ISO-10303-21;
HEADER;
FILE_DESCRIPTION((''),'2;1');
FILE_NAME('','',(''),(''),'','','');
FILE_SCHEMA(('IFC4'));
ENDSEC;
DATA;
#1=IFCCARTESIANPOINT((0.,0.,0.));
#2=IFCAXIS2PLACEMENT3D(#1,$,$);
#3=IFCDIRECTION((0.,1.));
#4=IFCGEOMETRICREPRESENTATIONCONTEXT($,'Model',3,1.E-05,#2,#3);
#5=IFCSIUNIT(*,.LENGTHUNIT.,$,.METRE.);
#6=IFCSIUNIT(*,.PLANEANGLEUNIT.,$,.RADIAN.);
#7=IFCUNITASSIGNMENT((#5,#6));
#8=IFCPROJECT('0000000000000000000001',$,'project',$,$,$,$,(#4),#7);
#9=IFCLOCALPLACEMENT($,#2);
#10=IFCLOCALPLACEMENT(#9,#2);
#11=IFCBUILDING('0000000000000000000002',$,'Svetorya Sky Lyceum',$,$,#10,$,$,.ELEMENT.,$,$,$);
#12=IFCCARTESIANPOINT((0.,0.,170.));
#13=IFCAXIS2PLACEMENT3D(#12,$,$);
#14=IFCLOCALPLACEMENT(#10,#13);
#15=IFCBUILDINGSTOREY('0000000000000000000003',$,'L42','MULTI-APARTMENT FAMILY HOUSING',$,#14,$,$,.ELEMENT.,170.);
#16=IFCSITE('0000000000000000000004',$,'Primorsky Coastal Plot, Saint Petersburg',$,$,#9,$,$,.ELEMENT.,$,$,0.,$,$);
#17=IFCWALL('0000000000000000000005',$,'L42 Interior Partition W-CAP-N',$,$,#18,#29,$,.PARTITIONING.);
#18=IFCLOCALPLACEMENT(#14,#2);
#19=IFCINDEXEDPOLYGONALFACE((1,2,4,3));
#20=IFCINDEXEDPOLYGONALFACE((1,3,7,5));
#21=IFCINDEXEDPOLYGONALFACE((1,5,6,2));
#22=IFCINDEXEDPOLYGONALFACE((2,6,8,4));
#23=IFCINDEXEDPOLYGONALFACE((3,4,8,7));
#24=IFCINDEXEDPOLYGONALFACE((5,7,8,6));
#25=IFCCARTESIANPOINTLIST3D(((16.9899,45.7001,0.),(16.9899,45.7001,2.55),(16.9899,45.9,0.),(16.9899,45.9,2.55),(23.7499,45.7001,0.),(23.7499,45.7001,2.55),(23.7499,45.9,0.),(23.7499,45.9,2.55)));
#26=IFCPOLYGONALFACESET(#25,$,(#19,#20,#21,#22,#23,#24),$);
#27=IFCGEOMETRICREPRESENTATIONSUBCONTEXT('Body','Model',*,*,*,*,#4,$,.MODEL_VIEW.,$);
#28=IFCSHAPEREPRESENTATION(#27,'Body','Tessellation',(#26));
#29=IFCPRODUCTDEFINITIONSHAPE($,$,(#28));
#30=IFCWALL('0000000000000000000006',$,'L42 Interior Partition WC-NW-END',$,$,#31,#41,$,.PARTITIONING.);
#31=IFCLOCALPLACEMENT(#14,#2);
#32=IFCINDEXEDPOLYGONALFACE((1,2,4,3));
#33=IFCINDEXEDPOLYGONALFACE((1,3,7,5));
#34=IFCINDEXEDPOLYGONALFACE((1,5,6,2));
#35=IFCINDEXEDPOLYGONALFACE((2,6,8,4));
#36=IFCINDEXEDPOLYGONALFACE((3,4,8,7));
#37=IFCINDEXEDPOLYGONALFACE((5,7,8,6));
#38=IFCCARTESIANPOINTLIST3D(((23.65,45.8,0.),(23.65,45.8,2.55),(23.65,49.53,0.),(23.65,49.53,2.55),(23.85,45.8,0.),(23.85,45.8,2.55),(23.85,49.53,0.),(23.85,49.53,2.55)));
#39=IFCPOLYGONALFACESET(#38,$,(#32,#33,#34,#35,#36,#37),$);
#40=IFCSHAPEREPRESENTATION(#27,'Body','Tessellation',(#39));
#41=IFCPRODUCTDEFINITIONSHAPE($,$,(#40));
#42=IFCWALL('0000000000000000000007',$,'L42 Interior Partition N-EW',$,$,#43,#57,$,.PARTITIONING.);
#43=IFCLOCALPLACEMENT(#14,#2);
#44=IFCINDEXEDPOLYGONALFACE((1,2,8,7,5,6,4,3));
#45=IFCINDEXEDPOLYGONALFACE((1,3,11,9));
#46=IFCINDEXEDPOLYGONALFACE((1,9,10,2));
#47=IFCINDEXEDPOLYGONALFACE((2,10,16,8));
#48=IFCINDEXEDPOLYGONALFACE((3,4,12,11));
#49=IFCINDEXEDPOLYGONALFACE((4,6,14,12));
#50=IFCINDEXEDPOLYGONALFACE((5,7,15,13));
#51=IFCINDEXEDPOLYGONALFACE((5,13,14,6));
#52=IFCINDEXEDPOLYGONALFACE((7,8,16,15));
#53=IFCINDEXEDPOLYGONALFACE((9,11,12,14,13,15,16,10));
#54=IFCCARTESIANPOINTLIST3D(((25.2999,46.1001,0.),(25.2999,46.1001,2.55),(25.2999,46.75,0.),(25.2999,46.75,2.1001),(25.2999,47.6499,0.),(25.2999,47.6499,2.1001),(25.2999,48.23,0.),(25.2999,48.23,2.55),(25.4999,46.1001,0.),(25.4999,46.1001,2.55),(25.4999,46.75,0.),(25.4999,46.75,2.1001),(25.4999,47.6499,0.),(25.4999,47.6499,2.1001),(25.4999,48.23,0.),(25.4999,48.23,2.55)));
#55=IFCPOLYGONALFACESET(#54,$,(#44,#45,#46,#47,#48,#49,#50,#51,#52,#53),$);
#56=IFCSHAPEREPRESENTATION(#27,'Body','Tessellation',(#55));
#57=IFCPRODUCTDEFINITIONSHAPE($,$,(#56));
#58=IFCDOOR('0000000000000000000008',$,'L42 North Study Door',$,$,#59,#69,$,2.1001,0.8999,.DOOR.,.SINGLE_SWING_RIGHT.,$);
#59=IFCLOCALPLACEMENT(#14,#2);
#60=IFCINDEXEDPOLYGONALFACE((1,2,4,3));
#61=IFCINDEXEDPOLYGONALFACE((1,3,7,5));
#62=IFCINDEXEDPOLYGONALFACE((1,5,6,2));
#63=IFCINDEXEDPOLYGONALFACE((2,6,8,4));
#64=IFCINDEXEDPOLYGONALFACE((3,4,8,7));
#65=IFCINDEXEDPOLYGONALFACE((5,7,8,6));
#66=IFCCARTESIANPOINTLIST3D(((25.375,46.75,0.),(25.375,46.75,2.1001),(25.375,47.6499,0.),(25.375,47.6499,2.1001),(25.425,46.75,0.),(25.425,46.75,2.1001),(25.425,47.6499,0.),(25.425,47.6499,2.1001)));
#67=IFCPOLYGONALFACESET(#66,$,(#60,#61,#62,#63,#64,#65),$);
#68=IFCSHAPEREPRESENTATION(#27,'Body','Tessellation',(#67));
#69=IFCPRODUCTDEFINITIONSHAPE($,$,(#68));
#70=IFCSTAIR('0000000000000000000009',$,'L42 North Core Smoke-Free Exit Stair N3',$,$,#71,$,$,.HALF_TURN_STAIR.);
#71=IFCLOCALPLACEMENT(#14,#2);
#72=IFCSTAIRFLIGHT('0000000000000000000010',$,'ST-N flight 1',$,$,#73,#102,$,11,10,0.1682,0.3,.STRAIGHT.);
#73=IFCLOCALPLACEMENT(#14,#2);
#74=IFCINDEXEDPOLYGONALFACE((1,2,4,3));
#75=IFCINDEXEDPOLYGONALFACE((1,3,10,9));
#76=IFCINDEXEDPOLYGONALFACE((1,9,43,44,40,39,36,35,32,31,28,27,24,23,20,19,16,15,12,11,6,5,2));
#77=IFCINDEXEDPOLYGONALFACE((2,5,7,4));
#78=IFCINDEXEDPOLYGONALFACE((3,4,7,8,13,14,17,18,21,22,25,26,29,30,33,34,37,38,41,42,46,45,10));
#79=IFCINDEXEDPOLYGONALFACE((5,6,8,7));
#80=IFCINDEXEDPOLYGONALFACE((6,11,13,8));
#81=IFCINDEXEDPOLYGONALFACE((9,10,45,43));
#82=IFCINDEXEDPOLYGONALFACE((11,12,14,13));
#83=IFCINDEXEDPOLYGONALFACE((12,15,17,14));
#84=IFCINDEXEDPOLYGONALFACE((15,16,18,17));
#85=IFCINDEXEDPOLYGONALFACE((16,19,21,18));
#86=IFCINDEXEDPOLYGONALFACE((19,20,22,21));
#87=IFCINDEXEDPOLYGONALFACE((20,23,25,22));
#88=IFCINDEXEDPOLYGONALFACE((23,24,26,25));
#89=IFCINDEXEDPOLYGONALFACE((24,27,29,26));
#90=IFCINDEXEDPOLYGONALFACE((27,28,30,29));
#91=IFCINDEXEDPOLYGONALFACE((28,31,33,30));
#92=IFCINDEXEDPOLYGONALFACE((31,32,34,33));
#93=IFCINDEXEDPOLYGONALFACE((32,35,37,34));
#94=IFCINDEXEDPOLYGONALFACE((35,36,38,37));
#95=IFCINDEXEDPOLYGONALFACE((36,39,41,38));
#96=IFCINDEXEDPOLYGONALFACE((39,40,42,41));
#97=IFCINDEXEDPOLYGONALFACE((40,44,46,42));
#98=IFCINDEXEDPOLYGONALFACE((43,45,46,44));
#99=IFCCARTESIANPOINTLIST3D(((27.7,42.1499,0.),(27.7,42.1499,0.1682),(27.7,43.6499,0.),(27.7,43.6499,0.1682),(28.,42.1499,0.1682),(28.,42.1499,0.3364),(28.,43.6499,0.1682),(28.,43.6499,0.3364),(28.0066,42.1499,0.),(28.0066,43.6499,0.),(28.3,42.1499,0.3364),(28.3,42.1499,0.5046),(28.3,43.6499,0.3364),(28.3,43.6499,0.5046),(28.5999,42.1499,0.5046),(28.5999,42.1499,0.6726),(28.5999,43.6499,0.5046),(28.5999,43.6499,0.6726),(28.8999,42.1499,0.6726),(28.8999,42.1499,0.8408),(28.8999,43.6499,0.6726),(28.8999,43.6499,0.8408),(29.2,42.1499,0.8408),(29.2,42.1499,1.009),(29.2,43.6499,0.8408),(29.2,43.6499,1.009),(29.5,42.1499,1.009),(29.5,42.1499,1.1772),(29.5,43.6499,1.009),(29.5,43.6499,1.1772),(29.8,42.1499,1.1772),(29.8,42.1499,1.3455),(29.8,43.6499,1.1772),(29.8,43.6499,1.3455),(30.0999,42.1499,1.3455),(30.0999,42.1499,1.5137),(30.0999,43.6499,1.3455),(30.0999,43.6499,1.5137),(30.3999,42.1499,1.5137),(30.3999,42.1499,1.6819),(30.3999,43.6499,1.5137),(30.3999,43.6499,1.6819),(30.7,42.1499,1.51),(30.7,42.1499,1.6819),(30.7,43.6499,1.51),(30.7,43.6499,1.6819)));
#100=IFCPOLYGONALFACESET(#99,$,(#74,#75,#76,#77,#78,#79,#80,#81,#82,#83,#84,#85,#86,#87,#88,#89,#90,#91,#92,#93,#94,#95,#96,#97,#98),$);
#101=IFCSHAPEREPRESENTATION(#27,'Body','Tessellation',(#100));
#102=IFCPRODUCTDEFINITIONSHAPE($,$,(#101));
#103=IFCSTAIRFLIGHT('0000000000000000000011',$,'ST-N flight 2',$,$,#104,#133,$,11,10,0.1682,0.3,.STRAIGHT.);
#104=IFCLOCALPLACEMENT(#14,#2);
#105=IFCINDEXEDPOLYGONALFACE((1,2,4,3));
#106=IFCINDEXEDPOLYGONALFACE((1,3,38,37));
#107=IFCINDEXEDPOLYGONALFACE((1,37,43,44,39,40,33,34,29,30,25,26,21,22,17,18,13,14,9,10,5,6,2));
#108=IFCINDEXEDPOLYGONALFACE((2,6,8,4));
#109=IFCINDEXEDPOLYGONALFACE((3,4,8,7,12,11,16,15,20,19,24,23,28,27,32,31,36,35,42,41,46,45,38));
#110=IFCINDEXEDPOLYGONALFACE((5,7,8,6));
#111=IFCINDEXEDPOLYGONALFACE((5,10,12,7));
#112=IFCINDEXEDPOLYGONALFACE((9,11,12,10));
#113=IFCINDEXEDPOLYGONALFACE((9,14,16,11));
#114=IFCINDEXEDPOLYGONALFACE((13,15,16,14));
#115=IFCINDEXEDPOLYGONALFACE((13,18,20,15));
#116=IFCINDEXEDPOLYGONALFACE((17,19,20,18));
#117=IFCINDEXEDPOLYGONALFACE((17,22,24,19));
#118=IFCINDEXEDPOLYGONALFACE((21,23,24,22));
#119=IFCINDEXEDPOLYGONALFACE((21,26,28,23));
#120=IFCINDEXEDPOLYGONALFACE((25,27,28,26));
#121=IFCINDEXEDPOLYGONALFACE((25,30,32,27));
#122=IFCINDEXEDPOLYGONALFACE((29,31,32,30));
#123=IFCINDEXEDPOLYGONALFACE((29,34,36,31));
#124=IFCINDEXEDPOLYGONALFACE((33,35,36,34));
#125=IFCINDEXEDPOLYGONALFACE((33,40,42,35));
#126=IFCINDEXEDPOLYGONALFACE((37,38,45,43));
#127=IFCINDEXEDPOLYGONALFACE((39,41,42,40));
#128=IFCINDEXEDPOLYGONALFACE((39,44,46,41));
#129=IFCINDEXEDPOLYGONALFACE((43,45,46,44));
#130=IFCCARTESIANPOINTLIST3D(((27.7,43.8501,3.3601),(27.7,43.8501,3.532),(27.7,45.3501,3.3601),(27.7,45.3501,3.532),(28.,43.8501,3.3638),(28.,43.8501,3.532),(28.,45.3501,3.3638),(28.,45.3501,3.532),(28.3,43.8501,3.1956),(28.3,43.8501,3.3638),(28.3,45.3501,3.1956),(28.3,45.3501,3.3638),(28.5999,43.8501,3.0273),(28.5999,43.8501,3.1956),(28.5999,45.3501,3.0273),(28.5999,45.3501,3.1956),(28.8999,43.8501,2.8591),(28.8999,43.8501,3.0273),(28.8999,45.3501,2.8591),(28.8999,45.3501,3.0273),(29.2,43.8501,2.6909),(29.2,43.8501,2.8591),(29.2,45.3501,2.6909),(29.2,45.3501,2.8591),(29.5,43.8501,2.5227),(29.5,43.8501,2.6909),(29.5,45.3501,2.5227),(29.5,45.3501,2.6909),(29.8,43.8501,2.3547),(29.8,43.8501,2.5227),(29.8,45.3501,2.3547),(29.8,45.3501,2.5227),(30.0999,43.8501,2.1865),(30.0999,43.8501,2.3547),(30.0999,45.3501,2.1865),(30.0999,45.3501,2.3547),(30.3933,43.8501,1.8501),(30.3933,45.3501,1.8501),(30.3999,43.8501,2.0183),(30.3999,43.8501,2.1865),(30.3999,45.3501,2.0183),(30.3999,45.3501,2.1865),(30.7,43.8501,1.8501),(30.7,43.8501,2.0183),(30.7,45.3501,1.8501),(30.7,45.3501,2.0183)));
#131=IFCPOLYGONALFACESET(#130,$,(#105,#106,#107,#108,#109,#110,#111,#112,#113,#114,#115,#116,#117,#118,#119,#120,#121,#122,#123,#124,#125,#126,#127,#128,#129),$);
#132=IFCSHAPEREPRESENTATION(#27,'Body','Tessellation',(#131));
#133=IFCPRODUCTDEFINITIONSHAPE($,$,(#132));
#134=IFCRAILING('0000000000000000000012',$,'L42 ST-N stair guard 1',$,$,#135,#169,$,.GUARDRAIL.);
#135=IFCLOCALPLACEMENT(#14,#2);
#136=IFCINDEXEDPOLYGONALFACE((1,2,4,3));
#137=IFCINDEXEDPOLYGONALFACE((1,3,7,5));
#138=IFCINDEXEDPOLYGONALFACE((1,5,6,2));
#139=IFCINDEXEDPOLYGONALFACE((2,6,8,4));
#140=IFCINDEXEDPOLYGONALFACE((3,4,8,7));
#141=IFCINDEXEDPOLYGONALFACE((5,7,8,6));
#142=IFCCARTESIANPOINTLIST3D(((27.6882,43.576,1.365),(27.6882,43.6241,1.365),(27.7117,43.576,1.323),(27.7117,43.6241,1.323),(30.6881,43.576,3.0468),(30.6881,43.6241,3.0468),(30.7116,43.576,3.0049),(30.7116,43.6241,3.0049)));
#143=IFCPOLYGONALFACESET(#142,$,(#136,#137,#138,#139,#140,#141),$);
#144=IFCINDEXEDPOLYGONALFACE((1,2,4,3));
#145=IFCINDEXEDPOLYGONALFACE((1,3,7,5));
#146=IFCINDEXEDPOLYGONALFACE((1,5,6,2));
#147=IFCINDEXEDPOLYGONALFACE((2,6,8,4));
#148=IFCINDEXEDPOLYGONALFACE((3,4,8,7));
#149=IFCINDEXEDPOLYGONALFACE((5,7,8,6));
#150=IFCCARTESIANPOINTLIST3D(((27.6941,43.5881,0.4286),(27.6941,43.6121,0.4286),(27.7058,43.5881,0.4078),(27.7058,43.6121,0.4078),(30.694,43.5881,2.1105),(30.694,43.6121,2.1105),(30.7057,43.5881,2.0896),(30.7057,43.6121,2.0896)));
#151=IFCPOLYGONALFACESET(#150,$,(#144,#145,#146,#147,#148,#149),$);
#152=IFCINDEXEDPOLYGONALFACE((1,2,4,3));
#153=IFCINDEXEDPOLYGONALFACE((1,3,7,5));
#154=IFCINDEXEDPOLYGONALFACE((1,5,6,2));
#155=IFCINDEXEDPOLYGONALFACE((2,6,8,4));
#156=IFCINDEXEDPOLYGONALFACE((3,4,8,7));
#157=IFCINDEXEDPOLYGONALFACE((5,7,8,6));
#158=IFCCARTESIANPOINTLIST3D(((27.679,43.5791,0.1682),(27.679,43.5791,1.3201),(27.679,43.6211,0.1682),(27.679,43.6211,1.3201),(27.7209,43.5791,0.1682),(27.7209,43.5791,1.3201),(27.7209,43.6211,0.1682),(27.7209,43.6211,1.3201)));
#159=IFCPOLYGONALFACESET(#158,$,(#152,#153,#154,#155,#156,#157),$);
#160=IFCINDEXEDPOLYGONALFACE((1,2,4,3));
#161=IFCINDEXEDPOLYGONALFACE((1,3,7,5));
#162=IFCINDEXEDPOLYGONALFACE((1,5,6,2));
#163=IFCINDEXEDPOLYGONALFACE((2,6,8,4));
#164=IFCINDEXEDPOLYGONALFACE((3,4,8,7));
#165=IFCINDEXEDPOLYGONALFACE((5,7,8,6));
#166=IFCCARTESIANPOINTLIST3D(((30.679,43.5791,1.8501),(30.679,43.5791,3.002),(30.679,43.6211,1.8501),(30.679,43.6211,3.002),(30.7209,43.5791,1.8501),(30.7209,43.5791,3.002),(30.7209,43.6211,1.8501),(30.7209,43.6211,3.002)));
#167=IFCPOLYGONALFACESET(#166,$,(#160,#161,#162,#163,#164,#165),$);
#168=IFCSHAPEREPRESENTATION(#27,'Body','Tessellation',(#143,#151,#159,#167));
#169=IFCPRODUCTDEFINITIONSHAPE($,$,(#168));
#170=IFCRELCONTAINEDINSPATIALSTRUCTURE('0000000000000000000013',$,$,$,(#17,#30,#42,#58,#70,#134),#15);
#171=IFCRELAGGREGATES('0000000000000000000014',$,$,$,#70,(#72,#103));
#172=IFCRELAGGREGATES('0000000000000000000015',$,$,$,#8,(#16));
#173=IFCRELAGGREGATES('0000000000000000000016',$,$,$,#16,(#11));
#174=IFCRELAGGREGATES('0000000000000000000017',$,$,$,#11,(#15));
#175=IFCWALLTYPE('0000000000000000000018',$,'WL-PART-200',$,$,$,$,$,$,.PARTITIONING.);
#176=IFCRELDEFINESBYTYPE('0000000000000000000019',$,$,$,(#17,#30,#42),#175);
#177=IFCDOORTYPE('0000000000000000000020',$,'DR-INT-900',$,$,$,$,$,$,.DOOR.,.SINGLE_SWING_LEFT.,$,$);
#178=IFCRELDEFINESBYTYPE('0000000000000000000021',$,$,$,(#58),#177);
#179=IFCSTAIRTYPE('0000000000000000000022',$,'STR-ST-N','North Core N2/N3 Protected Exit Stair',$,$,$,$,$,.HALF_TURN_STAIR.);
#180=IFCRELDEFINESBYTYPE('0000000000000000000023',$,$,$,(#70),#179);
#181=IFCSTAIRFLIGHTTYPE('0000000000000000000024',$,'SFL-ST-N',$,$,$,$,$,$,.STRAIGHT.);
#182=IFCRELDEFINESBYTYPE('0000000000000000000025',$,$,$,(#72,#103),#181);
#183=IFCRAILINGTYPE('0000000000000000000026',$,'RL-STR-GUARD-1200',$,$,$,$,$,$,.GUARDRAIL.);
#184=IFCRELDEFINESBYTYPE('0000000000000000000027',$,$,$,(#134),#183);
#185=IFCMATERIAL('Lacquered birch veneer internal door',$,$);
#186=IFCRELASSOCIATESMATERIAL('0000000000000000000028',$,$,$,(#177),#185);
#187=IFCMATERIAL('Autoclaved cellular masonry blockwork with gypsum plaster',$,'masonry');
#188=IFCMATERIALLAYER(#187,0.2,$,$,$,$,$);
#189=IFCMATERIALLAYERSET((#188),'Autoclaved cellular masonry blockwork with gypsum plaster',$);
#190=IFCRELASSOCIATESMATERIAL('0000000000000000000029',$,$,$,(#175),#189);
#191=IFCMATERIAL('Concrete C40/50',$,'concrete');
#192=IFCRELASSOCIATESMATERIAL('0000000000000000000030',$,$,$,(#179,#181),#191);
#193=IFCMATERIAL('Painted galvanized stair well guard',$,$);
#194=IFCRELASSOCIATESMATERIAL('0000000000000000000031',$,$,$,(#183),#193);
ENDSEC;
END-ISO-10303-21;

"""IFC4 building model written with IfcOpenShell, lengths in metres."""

from ifc_helpers import new_model, si_unit, direction, frame, frame_2d, origin, origin_2d, place, context, subcontext, project, spatial, polyline, rectangle, outline, extrude, material, layer, layer_set, type_object, element, fill, aggregate, save


model = new_model("IFC4")

# Units and contexts
model_context = context("Model", 3, precision=1e-05, world=origin(), true_north=direction((0.0, 1.0)))
body_context = subcontext(model_context, "Body", "Model", "MODEL_VIEW")
ifc_project = project(units=[si_unit("LENGTHUNIT", "METRE"), si_unit("PLANEANGLEUNIT", "RADIAN")], contexts=[model_context])

# Site, building, storey
site_placement = place(None, origin())
site = spatial("IfcSite", under=ifc_project, at=site_placement, Name="Primorsky Coastal Plot, Saint Petersburg", CompositionType="ELEMENT", RefElevation=0.0)
building_placement = place(site_placement, origin())
building = spatial("IfcBuilding", under=site, at=building_placement, Name="Svetorya Sky Lyceum", CompositionType="ELEMENT")
storey_placement = place(building_placement, frame((0.0, 0.0, 170.0)))
storey = spatial("IfcBuildingStorey", under=building, at=storey_placement, Name="L42", Description="MULTI-APARTMENT FAMILY HOUSING", CompositionType="ELEMENT", Elevation=170.0)

# Shared definitions
ifc_material_1 = material(Name="Lacquered birch veneer internal door")
door_type = type_object("IfcDoorType", Name="DR-INT-900", OperationType="SINGLE_SWING_LEFT", PredefinedType="DOOR", material=ifc_material_1)

# Walls
ifc_material_2 = material(Name="Autoclaved cellular masonry blockwork with gypsum plaster", Category="masonry")
ifc_layer_1 = layer(ifc_material_2, 0.2)
ifc_layer_set_1 = layer_set([ifc_layer_1], Name="Autoclaved cellular masonry blockwork with gypsum plaster")
wall_type_1 = type_object("IfcWallType", Name="WL-PART-200", PredefinedType="PARTITIONING", material=ifc_layer_set_1)
wall_1_placement = place(storey_placement, frame((16.99, 45.8, 0.0), z_axis=(0.0, 0.0, 1.0), x_axis=(1.0, 0.0, 0.0)))
element("IfcWall", 1, at=wall_1_placement, inside=storey, type_object=wall_type_1, Name="L42 Interior Partition W-CAP-N", PredefinedType="PARTITIONING", context=body_context, shape_type="SweptSolid", body=[
    extrude(rectangle(XDim=6.76, YDim=0.2, at=frame_2d((3.3799, 0.0))), origin(), (0.0, 0.0, 1.0), 2.55),
])
wall_2_placement = place(storey_placement, frame((23.75, 45.8, 0.0), z_axis=(0.0, 0.0, 1.0), x_axis=(0.0, 1.0, 0.0)))
element("IfcWall", 2, at=wall_2_placement, inside=storey, type_object=wall_type_1, Name="L42 Interior Partition WC-NW-END", PredefinedType="PARTITIONING", context=body_context, shape_type="SweptSolid", body=[
    extrude(rectangle(XDim=3.73, YDim=0.2, at=frame_2d((1.865, 0.0))), origin(), (0.0, 0.0, 1.0), 2.55),
])

# Wall, opening, door
wall_3_placement = place(storey_placement, frame((25.3999, 46.1001, 0.0), z_axis=(0.0, 0.0, 1.0), x_axis=(0.0, 1.0, 0.0)))
wall_3 = element("IfcWall", 3, at=wall_3_placement, inside=storey, type_object=wall_type_1, Name="L42 Interior Partition N-EW", PredefinedType="PARTITIONING", context=body_context, shape_type="SweptSolid", body=[
    extrude(rectangle(XDim=2.1299, YDim=0.2, at=frame_2d((1.0649, 0.0))), origin(), (0.0, 0.0, 1.0), 2.55),
])
opening_1_placement = place(wall_3_placement, frame((0.6499, 0.0, 0.0)))
opening_1 = element("IfcOpeningElement", 4, at=opening_1_placement, cuts=wall_3, PredefinedType="OPENING", context=body_context, shape_type="SweptSolid", body=[
    extrude(rectangle(XDim=0.8999, YDim=2.1001, at=frame_2d((0.45, 1.05))), frame((0.0, 0.1099, 0.0), z_axis=(0.0, -1.0, 0.0), x_axis=(1.0, 0.0, 0.0)), (0.0, 0.0, 1.0), 0.22),
])
door_1_placement = place(opening_1_placement, origin())
door_1 = element("IfcDoor", 5, at=door_1_placement, inside=storey, type_object=door_type, Name="L42 North Study Door", OperationType="SINGLE_SWING_RIGHT", OverallHeight=2.1001, OverallWidth=0.8999, PredefinedType="DOOR", context=body_context, shape_type="SweptSolid", body=[
    extrude(rectangle(XDim=0.8999, YDim=2.1001, at=frame_2d((0.45, 1.05))), frame((0.0, 0.0249, 0.0), z_axis=(0.0, -1.0, 0.0), x_axis=(1.0, 0.0, 0.0)), (0.0, 0.0, 1.0), 0.05),
])
fill(opening_1, door_1)

# Stair, stair flights
ifc_material_3 = material(Name="Concrete C40/50", Category="concrete")
stair_type = type_object("IfcStairType", Name="STR-ST-N", Description="North Core N2/N3 Protected Exit Stair", PredefinedType="HALF_TURN_STAIR", material=ifc_material_3)
stair_placement = place(storey_placement, origin())
stair = element("IfcStair", 6, at=stair_placement, inside=storey, type_object=stair_type, Name="L42 North Core Smoke-Free Exit Stair N3", PredefinedType="HALF_TURN_STAIR")
stair_flight_type = type_object("IfcStairFlightType", Name="SFL-ST-N", PredefinedType="STRAIGHT", material=ifc_material_3)
stair_flight_1_placement = place(storey_placement, frame((27.7, 42.8999, 0.0), z_axis=(0.0, 0.0, 1.0), x_axis=(1.0, 0.0, 0.0)))
stair_flight_1 = element("IfcStairFlight", 7, at=stair_flight_1_placement, type_object=stair_flight_type, Name="ST-N flight 1", NumberOfRisers=11, NumberOfTreads=10, PredefinedType="STRAIGHT", RiserHeight=0.1682, TreadLength=0.3, context=body_context, shape_type="SweptSolid", body=[
    extrude(outline(polyline([(0.0, 0.0), (0.0, 0.1682), (0.3, 0.1682), (0.3, 0.3364), (0.6001, 0.3364), (0.6001, 0.5046), (0.8999, 0.5046), (0.8999, 0.6726), (1.2, 0.6726), (1.2, 0.8408), (1.5, 0.8408), (1.5, 1.009), (1.8, 1.009), (1.8, 1.1772), (2.1001, 1.1772), (2.1001, 1.3455), (2.3999, 1.3455), (2.3999, 1.5137), (2.7, 1.5137), (2.7, 1.6819), (3.0, 1.6819), (3.0, 1.8501), (3.0, 1.51), (0.3066, 0.0), (0.0, 0.0)])), frame((0.0, 0.75, 0.0), z_axis=(0.0, -1.0, 0.0), x_axis=(1.0, 0.0, 0.0)), (0.0, 0.0, 1.0), 1.5),
])
stair_flight_2_placement = place(storey_placement, frame((30.7, 44.6001, 1.8501), z_axis=(0.0, 0.0, 1.0), x_axis=(-1.0, 0.0, 0.0)))
stair_flight_2 = element("IfcStairFlight", 8, at=stair_flight_2_placement, type_object=stair_flight_type, Name="ST-N flight 2", NumberOfRisers=11, NumberOfTreads=10, PredefinedType="STRAIGHT", RiserHeight=0.1682, TreadLength=0.3, context=body_context, shape_type="SweptSolid", body=[
    extrude(outline(polyline([(0.0, 0.0), (0.0, 0.1682), (0.3, 0.1682), (0.3, 0.3364), (0.6001, 0.3364), (0.6001, 0.5046), (0.8999, 0.5046), (0.8999, 0.6726), (1.2, 0.6726), (1.2, 0.8408), (1.5, 0.8408), (1.5, 1.009), (1.8, 1.009), (1.8, 1.1772), (2.1001, 1.1772), (2.1001, 1.3455), (2.3999, 1.3455), (2.3999, 1.5137), (2.7, 1.5137), (2.7, 1.6819), (3.0, 1.6819), (3.0, 1.8501), (3.0, 1.51), (0.3066, 0.0), (0.0, 0.0)])), frame((0.0, 0.75, 0.0), z_axis=(0.0, -1.0, 0.0), x_axis=(1.0, 0.0, 0.0)), (0.0, 0.0, 1.0), 1.5),
])
aggregate(stair, [stair_flight_1, stair_flight_2])

# Railing
ifc_material_4 = material(Name="Painted galvanized stair well guard")
railing_type_1 = type_object("IfcRailingType", Name="RL-STR-GUARD-1200", PredefinedType="GUARDRAIL", material=ifc_material_4)
railing_1_placement = place(storey_placement, frame((27.7, 43.6001, 0.1682)))
element("IfcRailing", 9, at=railing_1_placement, inside=storey, type_object=railing_type_1, Name="L42 ST-N stair guard 1", PredefinedType="GUARDRAIL", context=body_context, shape_type="SweptSolid", body=[
    extrude(rectangle(XDim=0.0481, YDim=0.0481, at=origin_2d()), frame((0.0, 0.0, 1.1758), z_axis=(0.872272, 0.0, 0.48902), x_axis=(0.0, 1.0, 0.0)), (0.0, 0.0, 1.0), 3.4392),
    extrude(rectangle(XDim=0.0239, YDim=0.0239, at=origin_2d()), frame((0.0, 0.0, 0.25), z_axis=(0.872272, 0.0, 0.48902), x_axis=(0.0, 1.0, 0.0)), (0.0, 0.0, 1.0), 3.4392),
    extrude(rectangle(XDim=0.042, YDim=0.042, at=origin_2d()), origin(), (0.0, 0.0, 1.0), 1.1519),
    extrude(rectangle(XDim=0.042, YDim=0.042, at=origin_2d()), frame((3.0, 0.0, 1.6819)), (0.0, 0.0, 1.0), 1.1519),
])

save(model, "model.ifc")
